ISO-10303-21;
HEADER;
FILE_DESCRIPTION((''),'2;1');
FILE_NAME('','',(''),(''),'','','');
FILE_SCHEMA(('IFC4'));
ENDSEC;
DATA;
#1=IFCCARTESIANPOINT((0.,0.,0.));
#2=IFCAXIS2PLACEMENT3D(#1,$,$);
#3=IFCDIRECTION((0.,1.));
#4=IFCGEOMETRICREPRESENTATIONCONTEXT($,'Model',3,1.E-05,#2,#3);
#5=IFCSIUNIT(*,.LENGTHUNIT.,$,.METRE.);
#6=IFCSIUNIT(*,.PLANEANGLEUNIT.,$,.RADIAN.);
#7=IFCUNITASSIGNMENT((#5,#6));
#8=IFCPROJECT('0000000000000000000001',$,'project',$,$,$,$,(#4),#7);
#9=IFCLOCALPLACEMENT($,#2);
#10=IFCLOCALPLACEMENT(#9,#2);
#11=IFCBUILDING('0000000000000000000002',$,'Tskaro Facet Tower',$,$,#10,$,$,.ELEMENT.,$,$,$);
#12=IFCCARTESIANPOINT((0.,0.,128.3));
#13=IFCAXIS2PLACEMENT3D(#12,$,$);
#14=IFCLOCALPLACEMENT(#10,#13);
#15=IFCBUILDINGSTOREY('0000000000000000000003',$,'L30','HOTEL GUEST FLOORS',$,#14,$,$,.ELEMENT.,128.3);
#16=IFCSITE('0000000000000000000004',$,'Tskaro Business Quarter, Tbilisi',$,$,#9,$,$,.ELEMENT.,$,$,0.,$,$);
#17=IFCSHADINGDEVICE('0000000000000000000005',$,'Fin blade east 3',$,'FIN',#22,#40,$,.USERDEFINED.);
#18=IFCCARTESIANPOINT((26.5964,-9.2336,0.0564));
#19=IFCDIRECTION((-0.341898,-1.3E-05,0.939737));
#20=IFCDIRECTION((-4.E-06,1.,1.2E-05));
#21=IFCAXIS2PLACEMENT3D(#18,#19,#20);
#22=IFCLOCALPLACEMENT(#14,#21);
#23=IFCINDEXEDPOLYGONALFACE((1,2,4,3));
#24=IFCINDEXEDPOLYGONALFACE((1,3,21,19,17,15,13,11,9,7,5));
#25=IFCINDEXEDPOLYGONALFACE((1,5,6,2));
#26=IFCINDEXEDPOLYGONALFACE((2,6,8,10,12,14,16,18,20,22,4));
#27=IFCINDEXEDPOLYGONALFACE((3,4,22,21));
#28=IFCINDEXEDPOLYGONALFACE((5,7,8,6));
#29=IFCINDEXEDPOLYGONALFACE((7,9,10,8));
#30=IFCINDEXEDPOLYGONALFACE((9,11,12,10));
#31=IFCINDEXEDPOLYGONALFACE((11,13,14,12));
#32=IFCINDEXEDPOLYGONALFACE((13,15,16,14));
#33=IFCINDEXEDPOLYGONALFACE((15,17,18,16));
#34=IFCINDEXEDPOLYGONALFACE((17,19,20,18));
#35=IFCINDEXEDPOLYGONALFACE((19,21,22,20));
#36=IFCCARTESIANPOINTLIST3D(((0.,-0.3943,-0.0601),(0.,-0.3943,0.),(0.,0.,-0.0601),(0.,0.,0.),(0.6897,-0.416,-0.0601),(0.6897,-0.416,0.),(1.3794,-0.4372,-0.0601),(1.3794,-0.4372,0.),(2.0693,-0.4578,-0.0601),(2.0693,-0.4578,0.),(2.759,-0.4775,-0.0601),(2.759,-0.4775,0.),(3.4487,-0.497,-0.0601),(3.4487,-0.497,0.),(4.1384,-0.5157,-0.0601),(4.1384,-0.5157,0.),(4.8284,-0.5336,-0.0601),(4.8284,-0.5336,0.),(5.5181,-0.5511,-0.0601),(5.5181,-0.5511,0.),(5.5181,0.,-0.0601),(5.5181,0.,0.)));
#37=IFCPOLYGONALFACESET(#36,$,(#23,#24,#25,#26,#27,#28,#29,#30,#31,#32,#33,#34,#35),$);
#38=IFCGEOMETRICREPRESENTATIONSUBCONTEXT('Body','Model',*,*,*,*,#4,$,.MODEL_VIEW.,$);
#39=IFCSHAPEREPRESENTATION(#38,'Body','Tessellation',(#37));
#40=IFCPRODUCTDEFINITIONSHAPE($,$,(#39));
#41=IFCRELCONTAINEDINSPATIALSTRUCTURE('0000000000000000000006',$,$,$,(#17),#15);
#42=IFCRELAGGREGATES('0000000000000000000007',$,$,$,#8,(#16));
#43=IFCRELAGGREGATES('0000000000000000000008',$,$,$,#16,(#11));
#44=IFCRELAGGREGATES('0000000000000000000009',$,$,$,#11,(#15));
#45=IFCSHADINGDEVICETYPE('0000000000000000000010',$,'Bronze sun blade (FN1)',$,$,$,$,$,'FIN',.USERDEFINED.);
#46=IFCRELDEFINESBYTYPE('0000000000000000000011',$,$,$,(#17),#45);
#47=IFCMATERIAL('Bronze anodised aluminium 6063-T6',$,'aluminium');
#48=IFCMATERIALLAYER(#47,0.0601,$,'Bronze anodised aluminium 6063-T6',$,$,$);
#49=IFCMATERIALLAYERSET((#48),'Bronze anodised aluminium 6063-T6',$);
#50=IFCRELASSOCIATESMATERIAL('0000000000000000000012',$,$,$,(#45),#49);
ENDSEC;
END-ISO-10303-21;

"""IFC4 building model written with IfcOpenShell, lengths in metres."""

from ifc_helpers import new_model, si_unit, direction, frame, origin, place, context, subcontext, project, spatial, polyline, outline, extrude, material, layer, layer_set, type_object, element, save


model = new_model("IFC4")

# Units and contexts
model_context = context("Model", 3, precision=1e-05, world=origin(), true_north=direction((0.0, 1.0)))
body_context = subcontext(model_context, "Body", "Model", "MODEL_VIEW")
ifc_project = project(units=[si_unit("LENGTHUNIT", "METRE"), si_unit("PLANEANGLEUNIT", "RADIAN")], contexts=[model_context])

# Site, building, storey
site_placement = place(None, origin())
site = spatial("IfcSite", under=ifc_project, at=site_placement, Name="Tskaro Business Quarter, Tbilisi", CompositionType="ELEMENT", RefElevation=0.0)
building_placement = place(site_placement, origin())
building = spatial("IfcBuilding", under=site, at=building_placement, Name="Tskaro Facet Tower", CompositionType="ELEMENT")
storey_placement = place(building_placement, frame((0.0, 0.0, 128.3)))
storey = spatial("IfcBuildingStorey", under=building, at=storey_placement, Name="L30", Description="HOTEL GUEST FLOORS", CompositionType="ELEMENT", Elevation=128.3)

# Shared definitions
ifc_material_1 = material(Name="Bronze anodised aluminium 6063-T6", Category="aluminium")

# Shading device
ifc_layer_1 = layer(ifc_material_1, 0.0601, Name="Bronze anodised aluminium 6063-T6")
ifc_layer_set_1 = layer_set([ifc_layer_1], Name="Bronze anodised aluminium 6063-T6")
shading_device_type = type_object("IfcShadingDeviceType", Name="Bronze sun blade (FN1)", ElementType="FIN", PredefinedType="USERDEFINED", material=ifc_layer_set_1)
shading_device_placement = place(storey_placement, frame((26.5964, -9.2336, 0.0564), z_axis=(-0.341898, -0.000013, 0.939737), x_axis=(-0.000004, 1.0, 0.000012)))
element("IfcShadingDevice", 1, at=shading_device_placement, inside=storey, type_object=shading_device_type, Name="Fin blade east 3", ObjectType="FIN", PredefinedType="USERDEFINED", context=body_context, shape_type="SweptSolid", body=[
    extrude(outline(polyline([(0.0, 0.0), (5.5181, 0.0), (5.5181, -0.5511), (4.8284, -0.5336), (4.1384, -0.5157), (3.4487, -0.497), (2.759, -0.4775), (2.0693, -0.4578), (1.3794, -0.4372), (0.6897, -0.416), (0.0, -0.3943), (0.0, 0.0)])), origin(), (0.0, 0.0, -1.0), 0.0601),
])

save(model, "model.ifc")
